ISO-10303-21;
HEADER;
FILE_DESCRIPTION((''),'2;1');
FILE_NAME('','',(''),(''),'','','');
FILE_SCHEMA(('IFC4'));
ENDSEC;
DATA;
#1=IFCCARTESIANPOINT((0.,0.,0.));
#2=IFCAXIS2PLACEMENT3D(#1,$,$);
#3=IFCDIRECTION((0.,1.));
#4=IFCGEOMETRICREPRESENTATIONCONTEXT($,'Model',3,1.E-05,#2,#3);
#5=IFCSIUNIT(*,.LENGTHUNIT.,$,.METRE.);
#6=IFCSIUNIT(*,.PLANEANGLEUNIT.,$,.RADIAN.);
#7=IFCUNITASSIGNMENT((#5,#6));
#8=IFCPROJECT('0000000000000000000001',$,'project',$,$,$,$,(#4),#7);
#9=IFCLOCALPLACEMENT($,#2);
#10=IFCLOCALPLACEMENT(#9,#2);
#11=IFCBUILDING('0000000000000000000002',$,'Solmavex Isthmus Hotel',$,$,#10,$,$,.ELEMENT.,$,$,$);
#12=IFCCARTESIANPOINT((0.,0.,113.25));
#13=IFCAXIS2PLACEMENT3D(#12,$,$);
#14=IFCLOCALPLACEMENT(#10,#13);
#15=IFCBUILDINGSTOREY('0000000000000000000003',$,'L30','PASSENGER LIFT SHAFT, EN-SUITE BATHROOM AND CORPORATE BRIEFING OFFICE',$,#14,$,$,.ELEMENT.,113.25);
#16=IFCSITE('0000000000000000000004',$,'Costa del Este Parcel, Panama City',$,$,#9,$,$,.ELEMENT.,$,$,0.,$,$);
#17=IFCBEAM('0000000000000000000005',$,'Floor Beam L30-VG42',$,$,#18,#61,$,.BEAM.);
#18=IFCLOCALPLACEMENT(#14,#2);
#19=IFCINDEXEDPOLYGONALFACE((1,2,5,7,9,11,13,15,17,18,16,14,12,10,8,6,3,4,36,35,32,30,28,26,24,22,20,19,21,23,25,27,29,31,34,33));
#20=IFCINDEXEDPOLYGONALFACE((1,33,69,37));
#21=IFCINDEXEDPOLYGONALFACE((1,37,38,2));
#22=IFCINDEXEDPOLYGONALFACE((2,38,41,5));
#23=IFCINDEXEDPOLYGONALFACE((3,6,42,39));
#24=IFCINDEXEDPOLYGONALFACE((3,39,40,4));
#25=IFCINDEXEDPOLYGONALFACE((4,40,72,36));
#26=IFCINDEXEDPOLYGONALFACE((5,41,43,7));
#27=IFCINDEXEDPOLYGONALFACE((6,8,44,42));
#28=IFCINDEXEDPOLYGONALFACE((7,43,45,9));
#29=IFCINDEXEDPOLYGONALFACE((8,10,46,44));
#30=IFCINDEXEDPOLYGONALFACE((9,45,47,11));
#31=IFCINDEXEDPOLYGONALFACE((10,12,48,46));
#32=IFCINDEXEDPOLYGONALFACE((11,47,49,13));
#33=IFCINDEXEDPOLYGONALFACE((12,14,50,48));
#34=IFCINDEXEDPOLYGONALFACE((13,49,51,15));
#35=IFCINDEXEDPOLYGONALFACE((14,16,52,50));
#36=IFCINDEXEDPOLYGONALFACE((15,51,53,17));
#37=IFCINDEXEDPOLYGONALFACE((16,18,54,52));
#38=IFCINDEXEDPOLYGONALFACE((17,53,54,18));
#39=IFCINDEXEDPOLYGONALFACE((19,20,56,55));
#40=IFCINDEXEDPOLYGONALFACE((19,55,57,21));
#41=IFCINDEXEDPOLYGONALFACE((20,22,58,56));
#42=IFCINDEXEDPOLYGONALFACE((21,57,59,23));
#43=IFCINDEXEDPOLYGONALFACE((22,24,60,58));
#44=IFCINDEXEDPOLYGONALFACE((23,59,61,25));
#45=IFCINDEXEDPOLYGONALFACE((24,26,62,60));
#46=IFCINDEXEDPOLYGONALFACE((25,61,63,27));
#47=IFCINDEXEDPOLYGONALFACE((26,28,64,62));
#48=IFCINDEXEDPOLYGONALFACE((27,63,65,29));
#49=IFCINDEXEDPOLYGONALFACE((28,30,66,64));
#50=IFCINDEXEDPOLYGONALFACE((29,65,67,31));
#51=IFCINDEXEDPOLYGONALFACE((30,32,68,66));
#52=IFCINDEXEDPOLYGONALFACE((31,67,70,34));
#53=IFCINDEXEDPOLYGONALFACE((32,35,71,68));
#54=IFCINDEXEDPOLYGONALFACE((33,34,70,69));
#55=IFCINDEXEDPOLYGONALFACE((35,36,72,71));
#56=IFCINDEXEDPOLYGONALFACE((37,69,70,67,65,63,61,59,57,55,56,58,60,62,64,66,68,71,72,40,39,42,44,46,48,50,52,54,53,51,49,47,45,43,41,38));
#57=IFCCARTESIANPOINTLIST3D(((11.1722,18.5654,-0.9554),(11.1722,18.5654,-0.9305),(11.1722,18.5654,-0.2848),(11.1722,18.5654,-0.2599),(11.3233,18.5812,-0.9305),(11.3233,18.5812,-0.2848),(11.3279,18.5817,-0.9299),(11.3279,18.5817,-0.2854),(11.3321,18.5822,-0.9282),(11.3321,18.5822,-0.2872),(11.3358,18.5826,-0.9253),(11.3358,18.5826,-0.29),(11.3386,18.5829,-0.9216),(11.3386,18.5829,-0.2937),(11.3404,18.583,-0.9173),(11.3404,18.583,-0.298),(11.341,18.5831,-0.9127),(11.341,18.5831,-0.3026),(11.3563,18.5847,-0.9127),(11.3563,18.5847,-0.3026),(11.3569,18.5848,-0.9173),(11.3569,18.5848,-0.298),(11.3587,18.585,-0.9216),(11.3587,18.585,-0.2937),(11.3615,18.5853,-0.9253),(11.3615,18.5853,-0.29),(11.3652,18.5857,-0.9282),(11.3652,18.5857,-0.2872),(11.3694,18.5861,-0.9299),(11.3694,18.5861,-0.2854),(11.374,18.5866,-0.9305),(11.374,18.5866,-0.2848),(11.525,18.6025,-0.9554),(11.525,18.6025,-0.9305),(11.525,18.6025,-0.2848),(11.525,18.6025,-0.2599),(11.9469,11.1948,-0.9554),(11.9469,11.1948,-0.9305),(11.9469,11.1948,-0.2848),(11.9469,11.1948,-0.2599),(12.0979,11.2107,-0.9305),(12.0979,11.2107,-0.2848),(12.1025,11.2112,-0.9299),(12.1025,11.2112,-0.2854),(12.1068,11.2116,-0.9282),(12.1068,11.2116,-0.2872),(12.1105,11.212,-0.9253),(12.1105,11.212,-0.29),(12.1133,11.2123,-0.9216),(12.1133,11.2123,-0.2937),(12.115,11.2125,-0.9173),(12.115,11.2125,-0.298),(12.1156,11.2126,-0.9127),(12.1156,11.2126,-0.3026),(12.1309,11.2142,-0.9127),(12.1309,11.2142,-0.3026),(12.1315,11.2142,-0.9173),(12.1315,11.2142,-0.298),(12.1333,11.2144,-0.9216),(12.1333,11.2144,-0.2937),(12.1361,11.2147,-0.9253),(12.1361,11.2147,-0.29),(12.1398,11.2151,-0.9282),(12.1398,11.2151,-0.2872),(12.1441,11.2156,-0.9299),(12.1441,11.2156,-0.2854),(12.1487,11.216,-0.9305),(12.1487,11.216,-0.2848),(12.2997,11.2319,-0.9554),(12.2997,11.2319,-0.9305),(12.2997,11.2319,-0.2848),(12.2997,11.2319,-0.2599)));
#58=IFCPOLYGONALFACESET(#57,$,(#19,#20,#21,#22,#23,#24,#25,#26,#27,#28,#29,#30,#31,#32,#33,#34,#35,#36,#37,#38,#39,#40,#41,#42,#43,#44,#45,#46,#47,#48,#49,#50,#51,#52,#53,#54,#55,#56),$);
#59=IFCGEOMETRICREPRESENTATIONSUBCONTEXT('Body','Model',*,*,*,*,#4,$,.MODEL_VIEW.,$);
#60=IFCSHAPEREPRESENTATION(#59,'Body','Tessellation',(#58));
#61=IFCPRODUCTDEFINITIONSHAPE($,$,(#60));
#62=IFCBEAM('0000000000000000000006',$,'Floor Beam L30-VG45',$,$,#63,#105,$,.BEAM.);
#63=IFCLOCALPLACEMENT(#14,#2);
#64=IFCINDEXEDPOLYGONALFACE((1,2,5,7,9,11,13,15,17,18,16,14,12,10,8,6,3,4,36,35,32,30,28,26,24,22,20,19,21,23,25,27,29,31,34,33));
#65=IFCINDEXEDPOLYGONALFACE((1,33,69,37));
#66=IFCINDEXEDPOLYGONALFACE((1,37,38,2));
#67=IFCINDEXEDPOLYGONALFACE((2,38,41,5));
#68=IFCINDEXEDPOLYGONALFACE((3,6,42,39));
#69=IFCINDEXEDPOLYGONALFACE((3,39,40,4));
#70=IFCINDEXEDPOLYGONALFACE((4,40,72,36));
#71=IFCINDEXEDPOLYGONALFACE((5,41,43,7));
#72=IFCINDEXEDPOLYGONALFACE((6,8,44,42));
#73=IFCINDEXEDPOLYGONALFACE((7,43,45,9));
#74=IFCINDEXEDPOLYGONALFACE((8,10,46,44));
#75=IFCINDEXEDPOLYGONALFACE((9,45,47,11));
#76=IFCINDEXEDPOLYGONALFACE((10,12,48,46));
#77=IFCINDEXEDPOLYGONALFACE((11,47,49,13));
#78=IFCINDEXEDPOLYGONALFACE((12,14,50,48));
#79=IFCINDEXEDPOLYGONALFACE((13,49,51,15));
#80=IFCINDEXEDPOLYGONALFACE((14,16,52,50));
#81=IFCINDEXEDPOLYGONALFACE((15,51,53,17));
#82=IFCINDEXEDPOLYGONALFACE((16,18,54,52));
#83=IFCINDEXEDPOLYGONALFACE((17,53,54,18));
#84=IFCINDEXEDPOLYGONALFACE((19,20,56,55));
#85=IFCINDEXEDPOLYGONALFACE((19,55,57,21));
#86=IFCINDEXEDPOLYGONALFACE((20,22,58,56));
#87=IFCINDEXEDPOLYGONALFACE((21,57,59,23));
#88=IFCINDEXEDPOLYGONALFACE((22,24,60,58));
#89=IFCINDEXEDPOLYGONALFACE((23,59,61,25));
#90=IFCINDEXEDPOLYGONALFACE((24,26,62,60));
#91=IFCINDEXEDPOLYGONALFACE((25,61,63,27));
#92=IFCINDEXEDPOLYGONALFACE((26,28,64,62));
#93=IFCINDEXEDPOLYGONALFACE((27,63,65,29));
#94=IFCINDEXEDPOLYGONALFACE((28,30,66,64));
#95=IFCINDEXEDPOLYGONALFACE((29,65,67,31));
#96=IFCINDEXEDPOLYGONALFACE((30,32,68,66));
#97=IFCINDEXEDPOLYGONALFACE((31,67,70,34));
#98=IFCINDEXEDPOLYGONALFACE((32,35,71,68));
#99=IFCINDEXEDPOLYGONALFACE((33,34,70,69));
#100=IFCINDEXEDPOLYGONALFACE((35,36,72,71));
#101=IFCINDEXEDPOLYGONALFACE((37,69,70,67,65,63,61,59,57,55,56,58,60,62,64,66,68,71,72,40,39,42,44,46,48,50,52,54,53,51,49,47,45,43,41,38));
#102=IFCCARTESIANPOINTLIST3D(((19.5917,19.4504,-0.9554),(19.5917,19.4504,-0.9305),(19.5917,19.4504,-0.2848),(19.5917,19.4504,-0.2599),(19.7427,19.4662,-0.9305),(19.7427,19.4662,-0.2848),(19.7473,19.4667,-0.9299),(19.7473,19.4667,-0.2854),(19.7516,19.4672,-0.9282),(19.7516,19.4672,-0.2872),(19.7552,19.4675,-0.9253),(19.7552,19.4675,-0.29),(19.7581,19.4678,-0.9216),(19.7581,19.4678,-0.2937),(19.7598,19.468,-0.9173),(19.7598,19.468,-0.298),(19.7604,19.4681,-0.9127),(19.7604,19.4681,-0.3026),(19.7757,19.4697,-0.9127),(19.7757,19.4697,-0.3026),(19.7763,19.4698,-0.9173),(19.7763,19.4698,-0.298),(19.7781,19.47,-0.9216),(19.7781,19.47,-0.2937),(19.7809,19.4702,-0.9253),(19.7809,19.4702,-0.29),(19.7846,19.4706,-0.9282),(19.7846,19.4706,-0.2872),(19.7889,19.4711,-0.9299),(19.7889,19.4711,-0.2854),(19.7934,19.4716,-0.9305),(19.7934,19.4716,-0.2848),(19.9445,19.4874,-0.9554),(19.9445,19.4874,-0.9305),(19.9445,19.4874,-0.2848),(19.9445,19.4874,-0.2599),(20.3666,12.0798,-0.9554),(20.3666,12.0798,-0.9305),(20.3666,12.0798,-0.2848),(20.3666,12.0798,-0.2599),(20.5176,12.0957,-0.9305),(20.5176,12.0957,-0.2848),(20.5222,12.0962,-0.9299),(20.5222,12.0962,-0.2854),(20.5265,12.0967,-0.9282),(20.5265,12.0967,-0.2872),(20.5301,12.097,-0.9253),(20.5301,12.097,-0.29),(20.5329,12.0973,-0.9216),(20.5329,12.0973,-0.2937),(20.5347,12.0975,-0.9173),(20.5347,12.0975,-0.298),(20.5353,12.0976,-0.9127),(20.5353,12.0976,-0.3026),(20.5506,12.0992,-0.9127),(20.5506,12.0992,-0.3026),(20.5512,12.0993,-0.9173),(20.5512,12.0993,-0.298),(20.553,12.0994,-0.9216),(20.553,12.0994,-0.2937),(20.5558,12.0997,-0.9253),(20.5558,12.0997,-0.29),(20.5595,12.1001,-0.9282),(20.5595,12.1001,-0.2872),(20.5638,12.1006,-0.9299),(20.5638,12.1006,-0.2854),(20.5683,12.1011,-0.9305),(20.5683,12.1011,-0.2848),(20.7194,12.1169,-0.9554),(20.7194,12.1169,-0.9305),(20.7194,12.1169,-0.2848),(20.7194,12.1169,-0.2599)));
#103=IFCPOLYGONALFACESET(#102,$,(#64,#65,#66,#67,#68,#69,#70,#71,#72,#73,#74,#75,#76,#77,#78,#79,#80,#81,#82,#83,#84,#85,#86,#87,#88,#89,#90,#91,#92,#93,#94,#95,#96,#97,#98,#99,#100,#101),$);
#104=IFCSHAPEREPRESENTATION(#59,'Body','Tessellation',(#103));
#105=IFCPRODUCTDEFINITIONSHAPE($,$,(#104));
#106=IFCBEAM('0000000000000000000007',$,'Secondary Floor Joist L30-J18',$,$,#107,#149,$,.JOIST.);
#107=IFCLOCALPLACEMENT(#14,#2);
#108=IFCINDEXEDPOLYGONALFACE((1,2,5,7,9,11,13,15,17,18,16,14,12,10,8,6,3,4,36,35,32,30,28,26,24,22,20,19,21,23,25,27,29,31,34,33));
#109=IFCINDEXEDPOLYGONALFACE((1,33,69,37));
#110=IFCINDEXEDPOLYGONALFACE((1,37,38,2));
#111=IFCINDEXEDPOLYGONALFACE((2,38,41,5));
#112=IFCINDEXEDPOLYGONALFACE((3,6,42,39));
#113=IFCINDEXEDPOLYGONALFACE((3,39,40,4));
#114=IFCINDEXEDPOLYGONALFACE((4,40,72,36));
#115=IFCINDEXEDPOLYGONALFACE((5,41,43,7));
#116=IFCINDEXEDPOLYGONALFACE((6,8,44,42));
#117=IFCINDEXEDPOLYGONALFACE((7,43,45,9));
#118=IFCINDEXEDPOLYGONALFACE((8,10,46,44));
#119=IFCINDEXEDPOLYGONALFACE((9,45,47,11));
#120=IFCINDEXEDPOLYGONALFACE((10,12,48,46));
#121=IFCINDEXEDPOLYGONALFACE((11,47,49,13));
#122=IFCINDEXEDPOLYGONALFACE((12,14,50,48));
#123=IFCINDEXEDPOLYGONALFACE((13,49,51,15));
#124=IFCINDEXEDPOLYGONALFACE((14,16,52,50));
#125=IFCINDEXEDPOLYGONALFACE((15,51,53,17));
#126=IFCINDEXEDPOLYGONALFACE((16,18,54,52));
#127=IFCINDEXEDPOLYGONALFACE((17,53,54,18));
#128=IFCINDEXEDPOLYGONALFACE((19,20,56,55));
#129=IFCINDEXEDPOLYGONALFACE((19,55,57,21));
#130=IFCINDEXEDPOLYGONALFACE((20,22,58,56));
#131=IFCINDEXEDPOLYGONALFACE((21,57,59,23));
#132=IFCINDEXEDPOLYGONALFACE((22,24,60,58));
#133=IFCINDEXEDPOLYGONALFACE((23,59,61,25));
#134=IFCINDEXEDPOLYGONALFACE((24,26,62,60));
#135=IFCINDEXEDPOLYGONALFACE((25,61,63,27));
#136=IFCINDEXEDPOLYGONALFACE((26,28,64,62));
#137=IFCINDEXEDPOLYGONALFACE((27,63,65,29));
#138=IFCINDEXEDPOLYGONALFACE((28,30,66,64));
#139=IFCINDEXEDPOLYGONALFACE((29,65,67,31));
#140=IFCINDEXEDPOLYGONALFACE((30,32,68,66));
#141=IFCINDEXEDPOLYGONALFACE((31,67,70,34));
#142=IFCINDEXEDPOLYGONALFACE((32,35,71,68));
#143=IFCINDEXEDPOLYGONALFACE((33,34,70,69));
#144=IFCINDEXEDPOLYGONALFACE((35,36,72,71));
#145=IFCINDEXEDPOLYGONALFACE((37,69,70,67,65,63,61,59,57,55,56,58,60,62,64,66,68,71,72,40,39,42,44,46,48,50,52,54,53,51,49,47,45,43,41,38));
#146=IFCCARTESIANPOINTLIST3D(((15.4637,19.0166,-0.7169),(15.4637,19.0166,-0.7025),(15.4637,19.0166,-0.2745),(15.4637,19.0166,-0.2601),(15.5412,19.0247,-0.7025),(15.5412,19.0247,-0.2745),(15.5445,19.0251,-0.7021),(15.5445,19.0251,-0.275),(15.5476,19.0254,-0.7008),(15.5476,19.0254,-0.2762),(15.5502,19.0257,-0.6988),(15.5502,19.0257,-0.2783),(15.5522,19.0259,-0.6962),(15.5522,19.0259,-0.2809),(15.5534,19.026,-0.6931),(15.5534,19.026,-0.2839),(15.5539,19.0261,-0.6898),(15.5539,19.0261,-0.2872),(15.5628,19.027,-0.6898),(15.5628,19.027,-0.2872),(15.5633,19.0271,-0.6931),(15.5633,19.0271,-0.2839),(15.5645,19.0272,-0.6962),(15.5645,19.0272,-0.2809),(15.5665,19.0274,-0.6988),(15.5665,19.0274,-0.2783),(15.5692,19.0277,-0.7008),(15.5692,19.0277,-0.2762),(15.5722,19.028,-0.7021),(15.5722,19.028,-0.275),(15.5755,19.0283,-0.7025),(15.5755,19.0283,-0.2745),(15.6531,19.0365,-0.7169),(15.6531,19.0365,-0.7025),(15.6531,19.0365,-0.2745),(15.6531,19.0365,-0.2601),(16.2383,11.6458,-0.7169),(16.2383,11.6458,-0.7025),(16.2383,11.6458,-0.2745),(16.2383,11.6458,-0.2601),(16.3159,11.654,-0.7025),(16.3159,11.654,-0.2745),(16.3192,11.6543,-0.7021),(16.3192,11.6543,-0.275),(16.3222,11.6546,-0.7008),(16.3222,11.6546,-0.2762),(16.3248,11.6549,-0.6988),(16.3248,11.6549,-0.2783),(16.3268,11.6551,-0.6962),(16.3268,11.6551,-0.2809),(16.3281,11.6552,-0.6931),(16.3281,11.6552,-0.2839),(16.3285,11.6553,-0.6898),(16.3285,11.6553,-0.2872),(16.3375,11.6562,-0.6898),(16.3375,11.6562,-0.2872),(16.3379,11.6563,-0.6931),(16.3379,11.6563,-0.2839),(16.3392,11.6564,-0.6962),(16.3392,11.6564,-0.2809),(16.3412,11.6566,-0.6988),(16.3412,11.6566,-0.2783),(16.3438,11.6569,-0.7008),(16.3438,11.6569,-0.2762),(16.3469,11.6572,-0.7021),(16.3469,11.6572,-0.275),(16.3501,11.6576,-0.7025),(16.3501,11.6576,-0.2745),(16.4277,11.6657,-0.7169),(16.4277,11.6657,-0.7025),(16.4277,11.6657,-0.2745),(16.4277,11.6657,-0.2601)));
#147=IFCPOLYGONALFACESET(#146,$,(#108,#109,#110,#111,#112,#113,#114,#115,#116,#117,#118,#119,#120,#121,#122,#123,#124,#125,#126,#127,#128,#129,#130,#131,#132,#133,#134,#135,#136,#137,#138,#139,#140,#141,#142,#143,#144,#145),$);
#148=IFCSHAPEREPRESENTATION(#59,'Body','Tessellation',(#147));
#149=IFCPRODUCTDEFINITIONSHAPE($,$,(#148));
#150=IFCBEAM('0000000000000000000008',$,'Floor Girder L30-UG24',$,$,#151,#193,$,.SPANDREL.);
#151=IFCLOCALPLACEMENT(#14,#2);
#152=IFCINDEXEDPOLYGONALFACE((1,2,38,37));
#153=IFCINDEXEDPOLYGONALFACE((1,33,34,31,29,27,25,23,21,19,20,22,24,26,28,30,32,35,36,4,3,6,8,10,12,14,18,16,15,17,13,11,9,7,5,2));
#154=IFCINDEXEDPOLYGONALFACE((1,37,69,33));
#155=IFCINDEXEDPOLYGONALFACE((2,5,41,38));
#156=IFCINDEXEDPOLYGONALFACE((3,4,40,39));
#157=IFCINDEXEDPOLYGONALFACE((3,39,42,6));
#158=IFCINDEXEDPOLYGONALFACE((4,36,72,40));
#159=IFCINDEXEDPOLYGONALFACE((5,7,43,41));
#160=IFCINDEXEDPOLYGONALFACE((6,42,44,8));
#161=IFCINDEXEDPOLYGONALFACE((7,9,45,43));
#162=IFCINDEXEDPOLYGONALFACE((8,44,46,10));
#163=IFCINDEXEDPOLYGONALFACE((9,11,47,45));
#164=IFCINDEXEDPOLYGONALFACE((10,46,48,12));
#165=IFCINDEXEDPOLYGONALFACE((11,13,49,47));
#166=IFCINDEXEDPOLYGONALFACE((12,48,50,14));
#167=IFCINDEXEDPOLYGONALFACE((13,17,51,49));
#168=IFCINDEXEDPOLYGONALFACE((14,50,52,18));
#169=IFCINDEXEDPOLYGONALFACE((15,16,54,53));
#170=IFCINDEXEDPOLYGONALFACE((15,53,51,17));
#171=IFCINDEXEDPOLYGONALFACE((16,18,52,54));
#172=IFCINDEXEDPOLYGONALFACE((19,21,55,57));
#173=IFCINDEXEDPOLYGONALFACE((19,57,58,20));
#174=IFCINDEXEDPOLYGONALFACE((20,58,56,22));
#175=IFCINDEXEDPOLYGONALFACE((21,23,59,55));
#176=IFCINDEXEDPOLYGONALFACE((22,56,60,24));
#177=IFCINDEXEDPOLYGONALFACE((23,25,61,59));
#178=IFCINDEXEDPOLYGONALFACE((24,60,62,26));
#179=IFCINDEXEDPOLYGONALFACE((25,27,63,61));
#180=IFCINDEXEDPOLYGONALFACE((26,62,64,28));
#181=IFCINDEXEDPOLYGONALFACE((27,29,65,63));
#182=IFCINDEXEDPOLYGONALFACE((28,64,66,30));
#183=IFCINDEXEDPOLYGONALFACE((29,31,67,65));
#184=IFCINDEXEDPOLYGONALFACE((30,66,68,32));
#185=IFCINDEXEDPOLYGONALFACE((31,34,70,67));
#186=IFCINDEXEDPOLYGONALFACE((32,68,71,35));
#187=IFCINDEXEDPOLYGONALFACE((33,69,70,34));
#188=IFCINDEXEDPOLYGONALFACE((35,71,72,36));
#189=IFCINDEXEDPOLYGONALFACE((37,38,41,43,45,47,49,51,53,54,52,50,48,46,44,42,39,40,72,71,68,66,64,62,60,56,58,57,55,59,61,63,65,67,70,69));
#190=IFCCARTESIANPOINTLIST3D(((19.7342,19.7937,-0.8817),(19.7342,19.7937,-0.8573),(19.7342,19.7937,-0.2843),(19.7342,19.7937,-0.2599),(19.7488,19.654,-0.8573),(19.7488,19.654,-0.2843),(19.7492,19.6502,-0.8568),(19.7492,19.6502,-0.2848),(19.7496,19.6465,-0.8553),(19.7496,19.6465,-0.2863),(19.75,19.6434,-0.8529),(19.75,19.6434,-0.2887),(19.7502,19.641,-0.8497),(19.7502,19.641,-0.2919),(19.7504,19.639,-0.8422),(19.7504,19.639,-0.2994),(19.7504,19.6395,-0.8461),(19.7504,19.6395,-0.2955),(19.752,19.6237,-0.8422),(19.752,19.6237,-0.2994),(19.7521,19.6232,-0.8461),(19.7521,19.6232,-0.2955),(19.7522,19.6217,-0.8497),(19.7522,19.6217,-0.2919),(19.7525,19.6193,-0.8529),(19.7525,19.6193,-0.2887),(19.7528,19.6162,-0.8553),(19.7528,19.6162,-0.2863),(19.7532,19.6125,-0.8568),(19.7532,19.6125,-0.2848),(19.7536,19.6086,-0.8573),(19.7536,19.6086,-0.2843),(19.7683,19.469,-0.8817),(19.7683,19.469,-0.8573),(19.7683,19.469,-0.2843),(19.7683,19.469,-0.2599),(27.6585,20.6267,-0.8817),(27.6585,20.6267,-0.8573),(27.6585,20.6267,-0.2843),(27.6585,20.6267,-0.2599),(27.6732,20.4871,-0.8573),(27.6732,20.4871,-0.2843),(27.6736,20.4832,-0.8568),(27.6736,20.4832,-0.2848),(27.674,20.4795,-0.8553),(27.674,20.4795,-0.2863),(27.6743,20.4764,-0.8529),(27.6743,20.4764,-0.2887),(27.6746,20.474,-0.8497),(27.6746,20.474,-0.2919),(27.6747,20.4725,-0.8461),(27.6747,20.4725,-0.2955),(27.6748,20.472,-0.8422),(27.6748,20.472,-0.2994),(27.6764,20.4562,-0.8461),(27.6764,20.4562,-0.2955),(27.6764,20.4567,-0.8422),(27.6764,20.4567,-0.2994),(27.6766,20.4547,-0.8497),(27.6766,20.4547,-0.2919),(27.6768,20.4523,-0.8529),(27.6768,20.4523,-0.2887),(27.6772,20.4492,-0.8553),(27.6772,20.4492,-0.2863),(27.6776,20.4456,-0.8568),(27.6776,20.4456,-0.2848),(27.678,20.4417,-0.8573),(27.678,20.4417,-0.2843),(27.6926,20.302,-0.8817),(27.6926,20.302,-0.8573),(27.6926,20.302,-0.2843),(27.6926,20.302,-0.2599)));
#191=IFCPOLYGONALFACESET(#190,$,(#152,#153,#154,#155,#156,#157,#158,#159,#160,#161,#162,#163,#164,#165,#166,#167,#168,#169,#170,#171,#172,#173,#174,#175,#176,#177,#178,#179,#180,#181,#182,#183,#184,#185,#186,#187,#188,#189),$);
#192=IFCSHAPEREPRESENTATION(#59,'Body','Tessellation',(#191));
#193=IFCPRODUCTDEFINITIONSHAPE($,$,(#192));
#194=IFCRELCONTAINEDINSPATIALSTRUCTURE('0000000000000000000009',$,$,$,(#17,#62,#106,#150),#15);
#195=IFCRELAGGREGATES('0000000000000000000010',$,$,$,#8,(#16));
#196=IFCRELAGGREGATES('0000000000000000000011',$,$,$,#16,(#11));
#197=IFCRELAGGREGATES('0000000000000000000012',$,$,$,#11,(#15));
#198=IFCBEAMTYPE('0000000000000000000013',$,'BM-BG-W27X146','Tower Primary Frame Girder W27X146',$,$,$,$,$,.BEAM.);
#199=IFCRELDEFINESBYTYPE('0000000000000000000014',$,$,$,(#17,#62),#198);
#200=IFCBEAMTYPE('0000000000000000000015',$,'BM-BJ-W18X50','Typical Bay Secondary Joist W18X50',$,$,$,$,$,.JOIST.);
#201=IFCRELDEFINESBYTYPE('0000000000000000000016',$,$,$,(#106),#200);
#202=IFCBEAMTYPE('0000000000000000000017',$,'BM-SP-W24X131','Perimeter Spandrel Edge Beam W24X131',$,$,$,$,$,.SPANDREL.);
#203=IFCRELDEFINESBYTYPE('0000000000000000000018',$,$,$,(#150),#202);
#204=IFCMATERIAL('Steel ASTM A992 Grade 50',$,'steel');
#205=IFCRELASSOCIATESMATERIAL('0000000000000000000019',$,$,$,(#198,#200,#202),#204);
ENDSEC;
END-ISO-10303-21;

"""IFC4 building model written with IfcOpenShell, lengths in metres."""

from ifc_helpers import new_model, si_unit, direction, frame, origin, origin_2d, place, context, subcontext, project, spatial, i_section, extrude, material, material_profile, profile_set, type_object, element, save


model = new_model("IFC4")

# Units and contexts
model_context = context("Model", 3, precision=1e-05, world=origin(), true_north=direction((0.0, 1.0)))
body_context = subcontext(model_context, "Body", "Model", "MODEL_VIEW")
ifc_project = project(units=[si_unit("LENGTHUNIT", "METRE"), si_unit("PLANEANGLEUNIT", "RADIAN")], contexts=[model_context])

# Site, building, storey
site_placement = place(None, origin())
site = spatial("IfcSite", under=ifc_project, at=site_placement, Name="Costa del Este Parcel, Panama City", CompositionType="ELEMENT", RefElevation=0.0)
building_placement = place(site_placement, origin())
building = spatial("IfcBuilding", under=site, at=building_placement, Name="Solmavex Isthmus Hotel", CompositionType="ELEMENT")
storey_placement = place(building_placement, frame((0.0, 0.0, 113.25)))
storey = spatial("IfcBuildingStorey", under=building, at=storey_placement, Name="L30", Description="PASSENGER LIFT SHAFT, EN-SUITE BATHROOM AND CORPORATE BRIEFING OFFICE", CompositionType="ELEMENT", Elevation=113.25)

# Beams
ifc_material_1 = material(Name="Steel ASTM A992 Grade 50", Category="steel")
ifc_material_profile_1 = material_profile(ifc_material_1, i_section(OverallWidth=0.3547, OverallDepth=0.6956, WebThickness=0.0154, FlangeThickness=0.0249, FilletRadius=0.0178, at=origin_2d()), Name="W27X146")
ifc_profile_set_1 = profile_set([ifc_material_profile_1], Name="Steel ASTM A992 Grade 50")
beam_type_1 = type_object("IfcBeamType", Name="BM-BG-W27X146", Description="Tower Primary Frame Girder W27X146", PredefinedType="BEAM", material=ifc_profile_set_1)
for number, where, z_axis, x_axis, name in (
    (1, (12.1233, 11.2134, -0.6077), (-0.104525, 0.994522, 0.0), (-0.994522, -0.104525, 0.0), "Floor Beam L30-VG42"),
    (2, (20.543, 12.0984, -0.6077), (-0.104558, 0.994519, 0.0), (-0.994519, -0.104558, 0.0), "Floor Beam L30-VG45"),
):
    element("IfcBeam", number, at=place(storey_placement, frame(where, z_axis=z_axis, x_axis=x_axis)), inside=storey, type_object=beam_type_1, Name=name, PredefinedType="BEAM", context=body_context, shape_type="SweptSolid", body=[
        extrude(i_section(OverallWidth=0.3547, OverallDepth=0.6956, WebThickness=0.0154, FlangeThickness=0.0249, FilletRadius=0.0178, at=origin_2d()), origin(), (0.0, 0.0, 1.0), 7.4111),
    ])
ifc_material_profile_2 = material_profile(ifc_material_1, i_section(OverallWidth=0.1904, OverallDepth=0.4568, WebThickness=0.009, FlangeThickness=0.0144, FilletRadius=0.0127, at=origin_2d()), Name="W18X50")
ifc_profile_set_2 = profile_set([ifc_material_profile_2], Name="Steel ASTM A992 Grade 50")
beam_type_2 = type_object("IfcBeamType", Name="BM-BJ-W18X50", Description="Typical Bay Secondary Joist W18X50", PredefinedType="JOIST", material=ifc_profile_set_2)
beam_1_placement = place(storey_placement, frame((16.333, 11.6558, -0.4885), z_axis=(-0.104522, 0.994523, 0.0), x_axis=(-0.994523, -0.104522, 0.0)))
element("IfcBeam", 3, at=beam_1_placement, inside=storey, type_object=beam_type_2, Name="Secondary Floor Joist L30-J18", PredefinedType="JOIST", context=body_context, shape_type="SweptSolid", body=[
    extrude(i_section(OverallWidth=0.1904, OverallDepth=0.4568, WebThickness=0.009, FlangeThickness=0.0144, FilletRadius=0.0127, at=origin_2d()), origin(), (0.0, 0.0, 1.0), 7.4114),
])
ifc_material_profile_3 = material_profile(ifc_material_1, i_section(OverallWidth=0.3264, OverallDepth=0.6218, WebThickness=0.0154, FlangeThickness=0.0244, FilletRadius=0.0151, at=origin_2d()), Name="W24X131")
ifc_profile_set_3 = profile_set([ifc_material_profile_3], Name="Steel ASTM A992 Grade 50")
beam_type_3 = type_object("IfcBeamType", Name="BM-SP-W24X131", Description="Perimeter Spandrel Edge Beam W24X131", PredefinedType="SPANDREL", material=ifc_profile_set_3)
beam_2_placement = place(storey_placement, frame((19.7512, 19.6313, -0.5708), z_axis=(0.99452, 0.104544, 0.0), x_axis=(-0.104544, 0.99452, 0.0)))
element("IfcBeam", 4, at=beam_2_placement, inside=storey, type_object=beam_type_3, Name="Floor Girder L30-UG24", PredefinedType="SPANDREL", context=body_context, shape_type="SweptSolid", body=[
    extrude(i_section(OverallWidth=0.3264, OverallDepth=0.6218, WebThickness=0.0154, FlangeThickness=0.0244, FilletRadius=0.0151, at=origin_2d()), origin(), (0.0, 0.0, 1.0), 7.968),
])

save(model, "model.ifc")
